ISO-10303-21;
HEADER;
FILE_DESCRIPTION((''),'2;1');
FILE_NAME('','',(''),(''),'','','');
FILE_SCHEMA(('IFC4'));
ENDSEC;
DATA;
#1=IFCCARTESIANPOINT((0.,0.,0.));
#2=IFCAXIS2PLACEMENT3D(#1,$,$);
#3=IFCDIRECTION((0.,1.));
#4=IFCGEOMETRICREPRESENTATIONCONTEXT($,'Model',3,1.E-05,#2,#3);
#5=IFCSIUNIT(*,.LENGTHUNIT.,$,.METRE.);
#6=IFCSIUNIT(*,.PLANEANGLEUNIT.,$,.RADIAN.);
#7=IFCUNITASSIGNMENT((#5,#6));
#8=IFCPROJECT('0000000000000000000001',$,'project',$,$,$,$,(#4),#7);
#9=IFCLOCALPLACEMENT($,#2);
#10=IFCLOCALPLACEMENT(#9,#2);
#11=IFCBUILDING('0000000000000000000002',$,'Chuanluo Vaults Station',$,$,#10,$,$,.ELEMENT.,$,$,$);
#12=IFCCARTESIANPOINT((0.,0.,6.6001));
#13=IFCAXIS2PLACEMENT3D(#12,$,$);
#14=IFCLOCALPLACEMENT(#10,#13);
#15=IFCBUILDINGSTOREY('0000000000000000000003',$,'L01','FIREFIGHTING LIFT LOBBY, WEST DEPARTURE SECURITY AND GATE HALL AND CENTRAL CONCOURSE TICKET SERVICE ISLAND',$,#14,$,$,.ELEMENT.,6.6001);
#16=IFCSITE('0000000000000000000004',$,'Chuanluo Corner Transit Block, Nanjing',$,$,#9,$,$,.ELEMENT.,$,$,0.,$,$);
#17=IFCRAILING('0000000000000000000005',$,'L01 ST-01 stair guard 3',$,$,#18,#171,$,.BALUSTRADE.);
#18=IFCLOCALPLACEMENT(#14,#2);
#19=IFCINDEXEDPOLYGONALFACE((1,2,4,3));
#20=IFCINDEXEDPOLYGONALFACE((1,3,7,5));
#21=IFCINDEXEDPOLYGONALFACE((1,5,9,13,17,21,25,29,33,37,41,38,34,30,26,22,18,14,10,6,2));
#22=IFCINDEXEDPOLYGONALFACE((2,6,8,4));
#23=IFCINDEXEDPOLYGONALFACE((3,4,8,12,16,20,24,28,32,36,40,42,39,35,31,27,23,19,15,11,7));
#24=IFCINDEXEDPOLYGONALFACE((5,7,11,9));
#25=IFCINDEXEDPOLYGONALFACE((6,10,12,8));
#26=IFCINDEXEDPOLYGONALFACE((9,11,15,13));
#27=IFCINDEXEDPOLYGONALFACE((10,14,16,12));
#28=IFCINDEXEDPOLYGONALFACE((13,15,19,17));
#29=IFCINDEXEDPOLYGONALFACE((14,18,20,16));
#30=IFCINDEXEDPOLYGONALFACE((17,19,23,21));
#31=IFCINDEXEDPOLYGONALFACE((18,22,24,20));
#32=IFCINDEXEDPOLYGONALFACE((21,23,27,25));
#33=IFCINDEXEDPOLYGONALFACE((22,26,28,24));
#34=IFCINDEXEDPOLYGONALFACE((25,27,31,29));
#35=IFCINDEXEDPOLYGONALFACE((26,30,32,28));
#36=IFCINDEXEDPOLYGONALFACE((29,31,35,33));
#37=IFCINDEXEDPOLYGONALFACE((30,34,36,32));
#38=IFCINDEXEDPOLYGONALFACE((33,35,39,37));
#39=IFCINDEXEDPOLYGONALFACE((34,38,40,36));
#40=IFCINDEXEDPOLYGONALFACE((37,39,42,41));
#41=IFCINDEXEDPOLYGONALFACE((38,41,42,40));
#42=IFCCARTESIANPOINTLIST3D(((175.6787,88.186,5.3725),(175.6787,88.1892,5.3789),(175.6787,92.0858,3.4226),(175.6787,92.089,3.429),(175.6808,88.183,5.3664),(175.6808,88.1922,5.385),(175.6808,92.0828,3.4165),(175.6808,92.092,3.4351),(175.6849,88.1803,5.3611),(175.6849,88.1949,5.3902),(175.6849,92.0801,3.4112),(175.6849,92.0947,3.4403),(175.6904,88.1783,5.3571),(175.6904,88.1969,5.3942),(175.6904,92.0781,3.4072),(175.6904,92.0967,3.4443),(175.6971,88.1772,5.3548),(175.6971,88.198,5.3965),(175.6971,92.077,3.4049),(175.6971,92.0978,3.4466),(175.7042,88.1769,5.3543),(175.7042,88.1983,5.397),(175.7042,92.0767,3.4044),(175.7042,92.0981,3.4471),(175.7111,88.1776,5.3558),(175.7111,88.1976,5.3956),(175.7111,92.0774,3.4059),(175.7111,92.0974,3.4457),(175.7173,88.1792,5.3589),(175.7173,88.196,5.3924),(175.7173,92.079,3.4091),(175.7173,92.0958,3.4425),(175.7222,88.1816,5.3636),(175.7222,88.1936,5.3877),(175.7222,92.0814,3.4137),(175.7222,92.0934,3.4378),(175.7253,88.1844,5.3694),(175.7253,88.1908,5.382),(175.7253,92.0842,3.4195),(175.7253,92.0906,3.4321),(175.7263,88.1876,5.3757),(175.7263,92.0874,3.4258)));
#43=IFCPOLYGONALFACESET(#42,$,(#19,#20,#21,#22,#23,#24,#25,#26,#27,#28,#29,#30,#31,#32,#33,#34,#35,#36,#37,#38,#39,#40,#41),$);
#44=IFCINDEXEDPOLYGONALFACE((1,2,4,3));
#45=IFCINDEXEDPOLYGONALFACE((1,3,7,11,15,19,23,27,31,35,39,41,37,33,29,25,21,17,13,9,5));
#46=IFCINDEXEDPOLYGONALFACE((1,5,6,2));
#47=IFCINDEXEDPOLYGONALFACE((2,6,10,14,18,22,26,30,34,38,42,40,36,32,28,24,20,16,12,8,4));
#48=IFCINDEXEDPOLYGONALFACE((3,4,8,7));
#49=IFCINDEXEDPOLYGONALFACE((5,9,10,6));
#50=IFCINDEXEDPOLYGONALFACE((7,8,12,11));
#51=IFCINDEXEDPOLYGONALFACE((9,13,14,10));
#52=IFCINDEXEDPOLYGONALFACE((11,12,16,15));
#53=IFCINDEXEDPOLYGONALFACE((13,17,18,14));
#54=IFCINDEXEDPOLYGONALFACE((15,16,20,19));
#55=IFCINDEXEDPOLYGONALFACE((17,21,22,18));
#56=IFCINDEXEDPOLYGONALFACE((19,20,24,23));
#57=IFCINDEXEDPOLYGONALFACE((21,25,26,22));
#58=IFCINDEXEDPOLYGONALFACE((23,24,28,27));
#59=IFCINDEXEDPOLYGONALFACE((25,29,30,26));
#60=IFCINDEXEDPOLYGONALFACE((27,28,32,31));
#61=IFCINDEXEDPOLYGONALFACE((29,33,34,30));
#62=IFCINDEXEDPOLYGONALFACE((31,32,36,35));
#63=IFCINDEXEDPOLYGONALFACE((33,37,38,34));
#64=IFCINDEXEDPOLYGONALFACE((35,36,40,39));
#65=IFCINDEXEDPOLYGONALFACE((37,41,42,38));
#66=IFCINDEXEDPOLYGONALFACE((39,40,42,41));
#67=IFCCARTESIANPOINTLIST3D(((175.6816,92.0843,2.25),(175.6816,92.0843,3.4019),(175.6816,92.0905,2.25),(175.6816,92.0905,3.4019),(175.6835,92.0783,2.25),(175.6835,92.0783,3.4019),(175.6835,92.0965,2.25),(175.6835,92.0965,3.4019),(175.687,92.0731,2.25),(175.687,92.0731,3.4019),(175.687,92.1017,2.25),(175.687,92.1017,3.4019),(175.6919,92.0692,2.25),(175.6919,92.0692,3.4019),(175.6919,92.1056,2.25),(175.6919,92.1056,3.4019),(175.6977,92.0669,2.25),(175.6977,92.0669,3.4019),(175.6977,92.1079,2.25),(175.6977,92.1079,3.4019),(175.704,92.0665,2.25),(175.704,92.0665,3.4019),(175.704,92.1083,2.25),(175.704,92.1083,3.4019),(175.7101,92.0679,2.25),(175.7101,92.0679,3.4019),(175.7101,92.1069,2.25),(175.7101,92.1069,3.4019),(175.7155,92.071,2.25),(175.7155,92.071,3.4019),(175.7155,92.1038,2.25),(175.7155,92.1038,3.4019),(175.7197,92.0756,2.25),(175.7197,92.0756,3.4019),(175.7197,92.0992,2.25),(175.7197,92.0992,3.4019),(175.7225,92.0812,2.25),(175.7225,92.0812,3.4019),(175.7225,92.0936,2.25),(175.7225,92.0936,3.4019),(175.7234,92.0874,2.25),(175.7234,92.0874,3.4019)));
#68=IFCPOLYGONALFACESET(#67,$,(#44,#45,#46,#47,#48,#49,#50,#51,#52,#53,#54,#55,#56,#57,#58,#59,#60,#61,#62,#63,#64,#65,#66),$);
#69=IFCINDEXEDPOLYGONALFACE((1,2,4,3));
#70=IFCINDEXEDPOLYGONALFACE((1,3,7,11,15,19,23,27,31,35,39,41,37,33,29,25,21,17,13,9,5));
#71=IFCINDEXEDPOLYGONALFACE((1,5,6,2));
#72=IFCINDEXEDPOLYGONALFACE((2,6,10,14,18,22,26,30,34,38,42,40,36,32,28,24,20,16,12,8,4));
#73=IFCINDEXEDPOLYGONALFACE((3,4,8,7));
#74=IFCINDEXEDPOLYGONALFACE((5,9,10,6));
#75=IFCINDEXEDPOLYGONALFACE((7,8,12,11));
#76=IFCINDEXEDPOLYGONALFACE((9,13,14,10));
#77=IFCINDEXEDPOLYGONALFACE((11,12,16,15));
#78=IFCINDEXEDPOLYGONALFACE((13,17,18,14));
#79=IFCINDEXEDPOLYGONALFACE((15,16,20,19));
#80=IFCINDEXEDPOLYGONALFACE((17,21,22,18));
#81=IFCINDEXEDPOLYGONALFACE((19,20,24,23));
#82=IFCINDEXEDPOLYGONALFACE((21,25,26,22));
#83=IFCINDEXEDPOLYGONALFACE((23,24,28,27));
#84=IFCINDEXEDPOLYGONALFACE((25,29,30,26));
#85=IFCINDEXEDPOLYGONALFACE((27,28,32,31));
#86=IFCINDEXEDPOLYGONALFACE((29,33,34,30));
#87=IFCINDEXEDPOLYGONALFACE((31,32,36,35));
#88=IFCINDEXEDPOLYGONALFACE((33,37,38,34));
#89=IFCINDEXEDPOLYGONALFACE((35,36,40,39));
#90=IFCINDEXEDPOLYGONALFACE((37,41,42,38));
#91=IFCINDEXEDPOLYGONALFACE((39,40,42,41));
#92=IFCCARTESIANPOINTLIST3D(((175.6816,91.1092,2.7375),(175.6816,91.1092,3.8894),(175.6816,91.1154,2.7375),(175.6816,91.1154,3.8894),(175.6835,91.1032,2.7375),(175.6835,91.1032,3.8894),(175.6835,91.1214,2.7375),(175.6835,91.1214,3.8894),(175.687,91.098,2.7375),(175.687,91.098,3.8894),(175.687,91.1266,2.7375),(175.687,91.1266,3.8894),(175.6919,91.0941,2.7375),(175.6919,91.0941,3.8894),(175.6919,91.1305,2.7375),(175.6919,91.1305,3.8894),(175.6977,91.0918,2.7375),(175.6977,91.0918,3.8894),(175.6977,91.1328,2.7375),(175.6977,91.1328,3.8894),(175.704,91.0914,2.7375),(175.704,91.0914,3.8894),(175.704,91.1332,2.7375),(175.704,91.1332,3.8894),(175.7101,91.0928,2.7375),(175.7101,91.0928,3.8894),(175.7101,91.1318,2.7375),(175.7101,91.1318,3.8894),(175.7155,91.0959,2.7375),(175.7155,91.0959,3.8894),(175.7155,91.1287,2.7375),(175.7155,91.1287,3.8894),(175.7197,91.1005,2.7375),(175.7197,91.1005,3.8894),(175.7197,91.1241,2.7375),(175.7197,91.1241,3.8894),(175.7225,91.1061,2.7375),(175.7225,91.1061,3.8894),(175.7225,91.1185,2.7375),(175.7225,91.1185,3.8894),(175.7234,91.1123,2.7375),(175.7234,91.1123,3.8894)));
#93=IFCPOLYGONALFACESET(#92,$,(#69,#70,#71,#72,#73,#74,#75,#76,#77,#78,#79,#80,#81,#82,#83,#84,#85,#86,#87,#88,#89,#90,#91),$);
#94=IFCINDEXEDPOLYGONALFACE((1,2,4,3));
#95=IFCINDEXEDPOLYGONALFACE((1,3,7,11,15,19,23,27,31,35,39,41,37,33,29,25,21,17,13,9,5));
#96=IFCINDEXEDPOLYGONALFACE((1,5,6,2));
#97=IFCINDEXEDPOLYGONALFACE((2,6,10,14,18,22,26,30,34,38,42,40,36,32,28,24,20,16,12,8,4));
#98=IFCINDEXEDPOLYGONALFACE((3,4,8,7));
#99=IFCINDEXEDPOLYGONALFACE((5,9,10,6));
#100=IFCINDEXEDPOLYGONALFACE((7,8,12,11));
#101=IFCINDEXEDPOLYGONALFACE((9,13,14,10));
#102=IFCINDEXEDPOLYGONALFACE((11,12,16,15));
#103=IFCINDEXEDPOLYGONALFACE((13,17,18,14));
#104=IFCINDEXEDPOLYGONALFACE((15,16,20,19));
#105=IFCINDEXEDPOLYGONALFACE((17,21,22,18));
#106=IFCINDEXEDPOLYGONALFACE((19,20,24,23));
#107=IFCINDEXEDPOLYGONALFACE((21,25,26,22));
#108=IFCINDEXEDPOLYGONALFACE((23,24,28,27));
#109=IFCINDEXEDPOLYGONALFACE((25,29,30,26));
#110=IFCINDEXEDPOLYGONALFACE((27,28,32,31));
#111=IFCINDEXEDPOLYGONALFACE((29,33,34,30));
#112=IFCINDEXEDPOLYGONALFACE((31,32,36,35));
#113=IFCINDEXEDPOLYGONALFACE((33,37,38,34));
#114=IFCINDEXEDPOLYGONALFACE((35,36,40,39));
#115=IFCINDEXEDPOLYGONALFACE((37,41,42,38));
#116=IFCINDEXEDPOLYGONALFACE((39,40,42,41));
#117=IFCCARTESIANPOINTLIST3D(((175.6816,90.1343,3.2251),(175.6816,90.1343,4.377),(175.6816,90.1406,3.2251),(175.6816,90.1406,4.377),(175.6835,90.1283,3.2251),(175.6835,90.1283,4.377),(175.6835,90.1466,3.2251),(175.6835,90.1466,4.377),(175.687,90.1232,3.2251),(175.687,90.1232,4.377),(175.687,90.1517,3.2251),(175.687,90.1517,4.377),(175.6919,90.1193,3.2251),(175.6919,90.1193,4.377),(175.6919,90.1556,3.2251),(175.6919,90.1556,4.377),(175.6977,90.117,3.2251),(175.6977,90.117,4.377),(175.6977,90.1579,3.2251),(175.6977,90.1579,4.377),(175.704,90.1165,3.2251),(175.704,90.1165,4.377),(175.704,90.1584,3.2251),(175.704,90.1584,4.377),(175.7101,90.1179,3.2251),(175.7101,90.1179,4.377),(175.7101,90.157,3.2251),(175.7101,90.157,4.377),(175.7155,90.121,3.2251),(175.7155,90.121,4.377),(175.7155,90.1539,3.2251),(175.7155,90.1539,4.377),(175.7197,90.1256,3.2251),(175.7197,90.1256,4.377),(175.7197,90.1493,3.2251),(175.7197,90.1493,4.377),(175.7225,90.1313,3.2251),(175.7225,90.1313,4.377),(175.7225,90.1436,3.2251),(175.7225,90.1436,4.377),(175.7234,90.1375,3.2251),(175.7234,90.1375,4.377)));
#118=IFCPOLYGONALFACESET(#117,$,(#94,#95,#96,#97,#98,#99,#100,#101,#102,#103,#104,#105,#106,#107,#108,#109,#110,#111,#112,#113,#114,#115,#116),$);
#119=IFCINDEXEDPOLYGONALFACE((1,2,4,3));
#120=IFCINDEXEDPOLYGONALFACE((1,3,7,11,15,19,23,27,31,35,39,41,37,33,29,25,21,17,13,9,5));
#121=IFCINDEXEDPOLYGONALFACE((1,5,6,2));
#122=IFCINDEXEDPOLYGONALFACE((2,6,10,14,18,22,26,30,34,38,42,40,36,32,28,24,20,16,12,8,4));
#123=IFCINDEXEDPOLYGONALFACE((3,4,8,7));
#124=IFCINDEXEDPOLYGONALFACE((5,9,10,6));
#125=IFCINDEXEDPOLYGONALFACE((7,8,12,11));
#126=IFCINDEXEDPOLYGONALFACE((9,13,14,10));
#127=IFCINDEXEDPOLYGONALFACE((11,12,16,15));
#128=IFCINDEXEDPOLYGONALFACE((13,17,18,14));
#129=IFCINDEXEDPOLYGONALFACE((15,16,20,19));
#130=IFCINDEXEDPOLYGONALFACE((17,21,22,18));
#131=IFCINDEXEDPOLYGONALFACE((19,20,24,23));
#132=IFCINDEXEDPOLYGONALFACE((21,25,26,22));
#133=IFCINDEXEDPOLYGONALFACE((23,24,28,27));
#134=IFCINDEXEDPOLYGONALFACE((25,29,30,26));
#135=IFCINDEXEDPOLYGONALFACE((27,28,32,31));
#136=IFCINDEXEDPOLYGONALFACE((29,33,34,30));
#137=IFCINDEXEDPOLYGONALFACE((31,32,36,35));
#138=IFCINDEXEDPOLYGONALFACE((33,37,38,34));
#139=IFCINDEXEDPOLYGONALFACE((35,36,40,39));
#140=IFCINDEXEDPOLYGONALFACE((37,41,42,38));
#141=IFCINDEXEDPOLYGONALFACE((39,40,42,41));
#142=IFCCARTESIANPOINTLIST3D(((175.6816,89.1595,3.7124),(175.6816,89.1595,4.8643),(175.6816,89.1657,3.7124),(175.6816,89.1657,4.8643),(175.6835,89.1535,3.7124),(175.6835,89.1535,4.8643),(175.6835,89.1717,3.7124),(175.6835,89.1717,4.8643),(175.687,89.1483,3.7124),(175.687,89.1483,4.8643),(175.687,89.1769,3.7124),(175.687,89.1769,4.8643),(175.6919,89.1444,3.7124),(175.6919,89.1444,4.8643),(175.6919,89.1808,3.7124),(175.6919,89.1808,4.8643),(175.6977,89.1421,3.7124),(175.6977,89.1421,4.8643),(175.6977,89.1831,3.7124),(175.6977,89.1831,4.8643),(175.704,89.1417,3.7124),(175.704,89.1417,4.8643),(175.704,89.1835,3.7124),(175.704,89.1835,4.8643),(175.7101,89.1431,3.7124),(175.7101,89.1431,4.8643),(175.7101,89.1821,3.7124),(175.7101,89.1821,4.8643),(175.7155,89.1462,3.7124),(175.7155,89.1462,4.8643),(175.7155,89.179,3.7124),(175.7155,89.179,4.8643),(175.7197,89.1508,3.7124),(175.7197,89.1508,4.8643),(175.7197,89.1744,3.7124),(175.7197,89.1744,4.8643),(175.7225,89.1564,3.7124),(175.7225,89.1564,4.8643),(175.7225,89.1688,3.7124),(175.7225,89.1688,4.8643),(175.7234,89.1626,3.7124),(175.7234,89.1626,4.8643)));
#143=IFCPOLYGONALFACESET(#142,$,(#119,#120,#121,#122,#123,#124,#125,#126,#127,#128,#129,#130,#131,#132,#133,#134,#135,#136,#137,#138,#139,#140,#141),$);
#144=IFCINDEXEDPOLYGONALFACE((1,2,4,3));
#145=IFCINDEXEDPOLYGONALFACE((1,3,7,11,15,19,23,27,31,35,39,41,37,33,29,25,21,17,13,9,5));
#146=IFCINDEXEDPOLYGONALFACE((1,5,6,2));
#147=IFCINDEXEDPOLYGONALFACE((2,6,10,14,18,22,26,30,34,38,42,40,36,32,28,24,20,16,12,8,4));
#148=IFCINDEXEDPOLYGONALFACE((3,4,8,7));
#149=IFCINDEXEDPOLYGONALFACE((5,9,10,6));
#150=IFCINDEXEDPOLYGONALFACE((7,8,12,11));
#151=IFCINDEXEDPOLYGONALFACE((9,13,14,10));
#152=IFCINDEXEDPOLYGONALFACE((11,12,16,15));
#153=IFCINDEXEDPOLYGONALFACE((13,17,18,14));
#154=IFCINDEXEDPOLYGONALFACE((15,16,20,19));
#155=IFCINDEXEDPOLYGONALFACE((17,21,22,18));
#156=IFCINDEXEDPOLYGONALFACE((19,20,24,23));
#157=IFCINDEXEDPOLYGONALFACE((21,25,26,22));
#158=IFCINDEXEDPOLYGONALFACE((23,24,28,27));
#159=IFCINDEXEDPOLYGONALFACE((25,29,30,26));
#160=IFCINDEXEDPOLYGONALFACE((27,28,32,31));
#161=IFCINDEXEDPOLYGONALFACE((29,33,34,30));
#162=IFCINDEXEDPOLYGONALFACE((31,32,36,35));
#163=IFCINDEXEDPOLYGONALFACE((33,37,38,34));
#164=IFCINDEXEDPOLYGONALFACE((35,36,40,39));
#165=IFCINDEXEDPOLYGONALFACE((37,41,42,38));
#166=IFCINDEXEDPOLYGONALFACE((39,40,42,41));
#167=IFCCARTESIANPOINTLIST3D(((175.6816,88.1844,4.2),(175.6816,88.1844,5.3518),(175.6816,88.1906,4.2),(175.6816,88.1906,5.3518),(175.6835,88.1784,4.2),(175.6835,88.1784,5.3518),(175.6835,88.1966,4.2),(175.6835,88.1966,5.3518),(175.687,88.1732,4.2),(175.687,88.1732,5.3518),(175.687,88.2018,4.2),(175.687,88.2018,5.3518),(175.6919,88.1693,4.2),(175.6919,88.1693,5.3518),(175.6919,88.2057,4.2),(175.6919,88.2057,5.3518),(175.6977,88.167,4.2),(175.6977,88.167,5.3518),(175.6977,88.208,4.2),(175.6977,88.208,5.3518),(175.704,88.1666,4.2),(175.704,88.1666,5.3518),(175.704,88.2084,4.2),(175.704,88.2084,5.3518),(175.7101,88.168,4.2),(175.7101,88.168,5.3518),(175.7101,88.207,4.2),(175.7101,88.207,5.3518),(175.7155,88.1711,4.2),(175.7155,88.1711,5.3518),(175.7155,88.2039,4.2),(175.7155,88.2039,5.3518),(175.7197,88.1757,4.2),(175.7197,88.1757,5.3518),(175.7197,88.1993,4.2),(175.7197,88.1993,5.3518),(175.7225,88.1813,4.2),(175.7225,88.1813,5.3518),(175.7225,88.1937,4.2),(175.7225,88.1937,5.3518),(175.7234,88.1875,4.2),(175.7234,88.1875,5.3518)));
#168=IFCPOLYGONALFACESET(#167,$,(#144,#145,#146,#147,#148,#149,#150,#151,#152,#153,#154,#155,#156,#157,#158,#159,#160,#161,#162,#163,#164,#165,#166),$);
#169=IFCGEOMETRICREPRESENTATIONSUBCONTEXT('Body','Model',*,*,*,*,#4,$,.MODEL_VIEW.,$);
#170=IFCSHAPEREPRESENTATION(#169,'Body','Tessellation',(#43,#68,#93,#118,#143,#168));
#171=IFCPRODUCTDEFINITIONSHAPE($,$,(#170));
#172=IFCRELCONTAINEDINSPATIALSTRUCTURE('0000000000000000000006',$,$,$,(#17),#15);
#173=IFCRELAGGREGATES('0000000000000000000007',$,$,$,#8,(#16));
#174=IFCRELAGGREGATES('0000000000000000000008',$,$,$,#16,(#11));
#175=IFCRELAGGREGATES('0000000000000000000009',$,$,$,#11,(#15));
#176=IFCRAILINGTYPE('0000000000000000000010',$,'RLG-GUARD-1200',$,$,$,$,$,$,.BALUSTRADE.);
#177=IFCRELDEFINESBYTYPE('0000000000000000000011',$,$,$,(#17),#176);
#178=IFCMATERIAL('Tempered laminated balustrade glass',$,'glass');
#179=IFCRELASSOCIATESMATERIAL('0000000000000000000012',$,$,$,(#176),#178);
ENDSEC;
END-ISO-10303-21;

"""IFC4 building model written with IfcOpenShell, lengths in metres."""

from ifc_helpers import new_model, si_unit, direction, frame, origin, origin_2d, place, context, subcontext, project, spatial, circle, extrude, material, type_object, element, save


model = new_model("IFC4")

# Units and contexts
model_context = context("Model", 3, precision=1e-05, world=origin(), true_north=direction((0.0, 1.0)))
body_context = subcontext(model_context, "Body", "Model", "MODEL_VIEW")
ifc_project = project(units=[si_unit("LENGTHUNIT", "METRE"), si_unit("PLANEANGLEUNIT", "RADIAN")], contexts=[model_context])

# Site, building, storey
site_placement = place(None, origin())
site = spatial("IfcSite", under=ifc_project, at=site_placement, Name="Chuanluo Corner Transit Block, Nanjing", CompositionType="ELEMENT", RefElevation=0.0)
building_placement = place(site_placement, origin())
building = spatial("IfcBuilding", under=site, at=building_placement, Name="Chuanluo Vaults Station", CompositionType="ELEMENT")
storey_placement = place(building_placement, frame((0.0, 0.0, 6.6001)))
storey = spatial("IfcBuildingStorey", under=building, at=storey_placement, Name="L01", Description="FIREFIGHTING LIFT LOBBY, WEST DEPARTURE SECURITY AND GATE HALL AND CENTRAL CONCOURSE TICKET SERVICE ISLAND", CompositionType="ELEMENT", Elevation=6.6001)

# Railing
ifc_material_1 = material(Name="Tempered laminated balustrade glass", Category="glass")
railing_type = type_object("IfcRailingType", Name="RLG-GUARD-1200", PredefinedType="BALUSTRADE", material=ifc_material_1)
railing_1_placement = place(storey_placement, frame((175.7024, 92.0874, 2.25)))
element("IfcRailing", 1, at=railing_1_placement, inside=storey, type_object=railing_type, Name="L01 ST-01 stair guard 3", PredefinedType="BALUSTRADE", context=body_context, shape_type="SweptSolid", body=[
    extrude(circle(Radius=0.0239, at=origin_2d()), frame((0.0, 0.0, 1.1758), z_axis=(0.0, -0.894427, 0.447214), x_axis=(1.0, 0.0, 0.0)), (0.0, 0.0, 1.0), 4.3601),
    extrude(circle(Radius=0.021, at=origin_2d()), origin(), (0.0, 0.0, 1.0), 1.1519),
    extrude(circle(Radius=0.021, at=origin_2d()), frame((0.0, -0.9751, 0.4875)), (0.0, 0.0, 1.0), 1.1519),
    extrude(circle(Radius=0.021, at=origin_2d()), frame((0.0, -1.95, 0.9751)), (0.0, 0.0, 1.0), 1.1519),
    extrude(circle(Radius=0.021, at=origin_2d()), frame((0.0, -2.9248, 1.4624)), (0.0, 0.0, 1.0), 1.1519),
    extrude(circle(Radius=0.021, at=origin_2d()), frame((0.0, -3.8999, 1.95)), (0.0, 0.0, 1.0), 1.1519),
])

save(model, "model.ifc")
